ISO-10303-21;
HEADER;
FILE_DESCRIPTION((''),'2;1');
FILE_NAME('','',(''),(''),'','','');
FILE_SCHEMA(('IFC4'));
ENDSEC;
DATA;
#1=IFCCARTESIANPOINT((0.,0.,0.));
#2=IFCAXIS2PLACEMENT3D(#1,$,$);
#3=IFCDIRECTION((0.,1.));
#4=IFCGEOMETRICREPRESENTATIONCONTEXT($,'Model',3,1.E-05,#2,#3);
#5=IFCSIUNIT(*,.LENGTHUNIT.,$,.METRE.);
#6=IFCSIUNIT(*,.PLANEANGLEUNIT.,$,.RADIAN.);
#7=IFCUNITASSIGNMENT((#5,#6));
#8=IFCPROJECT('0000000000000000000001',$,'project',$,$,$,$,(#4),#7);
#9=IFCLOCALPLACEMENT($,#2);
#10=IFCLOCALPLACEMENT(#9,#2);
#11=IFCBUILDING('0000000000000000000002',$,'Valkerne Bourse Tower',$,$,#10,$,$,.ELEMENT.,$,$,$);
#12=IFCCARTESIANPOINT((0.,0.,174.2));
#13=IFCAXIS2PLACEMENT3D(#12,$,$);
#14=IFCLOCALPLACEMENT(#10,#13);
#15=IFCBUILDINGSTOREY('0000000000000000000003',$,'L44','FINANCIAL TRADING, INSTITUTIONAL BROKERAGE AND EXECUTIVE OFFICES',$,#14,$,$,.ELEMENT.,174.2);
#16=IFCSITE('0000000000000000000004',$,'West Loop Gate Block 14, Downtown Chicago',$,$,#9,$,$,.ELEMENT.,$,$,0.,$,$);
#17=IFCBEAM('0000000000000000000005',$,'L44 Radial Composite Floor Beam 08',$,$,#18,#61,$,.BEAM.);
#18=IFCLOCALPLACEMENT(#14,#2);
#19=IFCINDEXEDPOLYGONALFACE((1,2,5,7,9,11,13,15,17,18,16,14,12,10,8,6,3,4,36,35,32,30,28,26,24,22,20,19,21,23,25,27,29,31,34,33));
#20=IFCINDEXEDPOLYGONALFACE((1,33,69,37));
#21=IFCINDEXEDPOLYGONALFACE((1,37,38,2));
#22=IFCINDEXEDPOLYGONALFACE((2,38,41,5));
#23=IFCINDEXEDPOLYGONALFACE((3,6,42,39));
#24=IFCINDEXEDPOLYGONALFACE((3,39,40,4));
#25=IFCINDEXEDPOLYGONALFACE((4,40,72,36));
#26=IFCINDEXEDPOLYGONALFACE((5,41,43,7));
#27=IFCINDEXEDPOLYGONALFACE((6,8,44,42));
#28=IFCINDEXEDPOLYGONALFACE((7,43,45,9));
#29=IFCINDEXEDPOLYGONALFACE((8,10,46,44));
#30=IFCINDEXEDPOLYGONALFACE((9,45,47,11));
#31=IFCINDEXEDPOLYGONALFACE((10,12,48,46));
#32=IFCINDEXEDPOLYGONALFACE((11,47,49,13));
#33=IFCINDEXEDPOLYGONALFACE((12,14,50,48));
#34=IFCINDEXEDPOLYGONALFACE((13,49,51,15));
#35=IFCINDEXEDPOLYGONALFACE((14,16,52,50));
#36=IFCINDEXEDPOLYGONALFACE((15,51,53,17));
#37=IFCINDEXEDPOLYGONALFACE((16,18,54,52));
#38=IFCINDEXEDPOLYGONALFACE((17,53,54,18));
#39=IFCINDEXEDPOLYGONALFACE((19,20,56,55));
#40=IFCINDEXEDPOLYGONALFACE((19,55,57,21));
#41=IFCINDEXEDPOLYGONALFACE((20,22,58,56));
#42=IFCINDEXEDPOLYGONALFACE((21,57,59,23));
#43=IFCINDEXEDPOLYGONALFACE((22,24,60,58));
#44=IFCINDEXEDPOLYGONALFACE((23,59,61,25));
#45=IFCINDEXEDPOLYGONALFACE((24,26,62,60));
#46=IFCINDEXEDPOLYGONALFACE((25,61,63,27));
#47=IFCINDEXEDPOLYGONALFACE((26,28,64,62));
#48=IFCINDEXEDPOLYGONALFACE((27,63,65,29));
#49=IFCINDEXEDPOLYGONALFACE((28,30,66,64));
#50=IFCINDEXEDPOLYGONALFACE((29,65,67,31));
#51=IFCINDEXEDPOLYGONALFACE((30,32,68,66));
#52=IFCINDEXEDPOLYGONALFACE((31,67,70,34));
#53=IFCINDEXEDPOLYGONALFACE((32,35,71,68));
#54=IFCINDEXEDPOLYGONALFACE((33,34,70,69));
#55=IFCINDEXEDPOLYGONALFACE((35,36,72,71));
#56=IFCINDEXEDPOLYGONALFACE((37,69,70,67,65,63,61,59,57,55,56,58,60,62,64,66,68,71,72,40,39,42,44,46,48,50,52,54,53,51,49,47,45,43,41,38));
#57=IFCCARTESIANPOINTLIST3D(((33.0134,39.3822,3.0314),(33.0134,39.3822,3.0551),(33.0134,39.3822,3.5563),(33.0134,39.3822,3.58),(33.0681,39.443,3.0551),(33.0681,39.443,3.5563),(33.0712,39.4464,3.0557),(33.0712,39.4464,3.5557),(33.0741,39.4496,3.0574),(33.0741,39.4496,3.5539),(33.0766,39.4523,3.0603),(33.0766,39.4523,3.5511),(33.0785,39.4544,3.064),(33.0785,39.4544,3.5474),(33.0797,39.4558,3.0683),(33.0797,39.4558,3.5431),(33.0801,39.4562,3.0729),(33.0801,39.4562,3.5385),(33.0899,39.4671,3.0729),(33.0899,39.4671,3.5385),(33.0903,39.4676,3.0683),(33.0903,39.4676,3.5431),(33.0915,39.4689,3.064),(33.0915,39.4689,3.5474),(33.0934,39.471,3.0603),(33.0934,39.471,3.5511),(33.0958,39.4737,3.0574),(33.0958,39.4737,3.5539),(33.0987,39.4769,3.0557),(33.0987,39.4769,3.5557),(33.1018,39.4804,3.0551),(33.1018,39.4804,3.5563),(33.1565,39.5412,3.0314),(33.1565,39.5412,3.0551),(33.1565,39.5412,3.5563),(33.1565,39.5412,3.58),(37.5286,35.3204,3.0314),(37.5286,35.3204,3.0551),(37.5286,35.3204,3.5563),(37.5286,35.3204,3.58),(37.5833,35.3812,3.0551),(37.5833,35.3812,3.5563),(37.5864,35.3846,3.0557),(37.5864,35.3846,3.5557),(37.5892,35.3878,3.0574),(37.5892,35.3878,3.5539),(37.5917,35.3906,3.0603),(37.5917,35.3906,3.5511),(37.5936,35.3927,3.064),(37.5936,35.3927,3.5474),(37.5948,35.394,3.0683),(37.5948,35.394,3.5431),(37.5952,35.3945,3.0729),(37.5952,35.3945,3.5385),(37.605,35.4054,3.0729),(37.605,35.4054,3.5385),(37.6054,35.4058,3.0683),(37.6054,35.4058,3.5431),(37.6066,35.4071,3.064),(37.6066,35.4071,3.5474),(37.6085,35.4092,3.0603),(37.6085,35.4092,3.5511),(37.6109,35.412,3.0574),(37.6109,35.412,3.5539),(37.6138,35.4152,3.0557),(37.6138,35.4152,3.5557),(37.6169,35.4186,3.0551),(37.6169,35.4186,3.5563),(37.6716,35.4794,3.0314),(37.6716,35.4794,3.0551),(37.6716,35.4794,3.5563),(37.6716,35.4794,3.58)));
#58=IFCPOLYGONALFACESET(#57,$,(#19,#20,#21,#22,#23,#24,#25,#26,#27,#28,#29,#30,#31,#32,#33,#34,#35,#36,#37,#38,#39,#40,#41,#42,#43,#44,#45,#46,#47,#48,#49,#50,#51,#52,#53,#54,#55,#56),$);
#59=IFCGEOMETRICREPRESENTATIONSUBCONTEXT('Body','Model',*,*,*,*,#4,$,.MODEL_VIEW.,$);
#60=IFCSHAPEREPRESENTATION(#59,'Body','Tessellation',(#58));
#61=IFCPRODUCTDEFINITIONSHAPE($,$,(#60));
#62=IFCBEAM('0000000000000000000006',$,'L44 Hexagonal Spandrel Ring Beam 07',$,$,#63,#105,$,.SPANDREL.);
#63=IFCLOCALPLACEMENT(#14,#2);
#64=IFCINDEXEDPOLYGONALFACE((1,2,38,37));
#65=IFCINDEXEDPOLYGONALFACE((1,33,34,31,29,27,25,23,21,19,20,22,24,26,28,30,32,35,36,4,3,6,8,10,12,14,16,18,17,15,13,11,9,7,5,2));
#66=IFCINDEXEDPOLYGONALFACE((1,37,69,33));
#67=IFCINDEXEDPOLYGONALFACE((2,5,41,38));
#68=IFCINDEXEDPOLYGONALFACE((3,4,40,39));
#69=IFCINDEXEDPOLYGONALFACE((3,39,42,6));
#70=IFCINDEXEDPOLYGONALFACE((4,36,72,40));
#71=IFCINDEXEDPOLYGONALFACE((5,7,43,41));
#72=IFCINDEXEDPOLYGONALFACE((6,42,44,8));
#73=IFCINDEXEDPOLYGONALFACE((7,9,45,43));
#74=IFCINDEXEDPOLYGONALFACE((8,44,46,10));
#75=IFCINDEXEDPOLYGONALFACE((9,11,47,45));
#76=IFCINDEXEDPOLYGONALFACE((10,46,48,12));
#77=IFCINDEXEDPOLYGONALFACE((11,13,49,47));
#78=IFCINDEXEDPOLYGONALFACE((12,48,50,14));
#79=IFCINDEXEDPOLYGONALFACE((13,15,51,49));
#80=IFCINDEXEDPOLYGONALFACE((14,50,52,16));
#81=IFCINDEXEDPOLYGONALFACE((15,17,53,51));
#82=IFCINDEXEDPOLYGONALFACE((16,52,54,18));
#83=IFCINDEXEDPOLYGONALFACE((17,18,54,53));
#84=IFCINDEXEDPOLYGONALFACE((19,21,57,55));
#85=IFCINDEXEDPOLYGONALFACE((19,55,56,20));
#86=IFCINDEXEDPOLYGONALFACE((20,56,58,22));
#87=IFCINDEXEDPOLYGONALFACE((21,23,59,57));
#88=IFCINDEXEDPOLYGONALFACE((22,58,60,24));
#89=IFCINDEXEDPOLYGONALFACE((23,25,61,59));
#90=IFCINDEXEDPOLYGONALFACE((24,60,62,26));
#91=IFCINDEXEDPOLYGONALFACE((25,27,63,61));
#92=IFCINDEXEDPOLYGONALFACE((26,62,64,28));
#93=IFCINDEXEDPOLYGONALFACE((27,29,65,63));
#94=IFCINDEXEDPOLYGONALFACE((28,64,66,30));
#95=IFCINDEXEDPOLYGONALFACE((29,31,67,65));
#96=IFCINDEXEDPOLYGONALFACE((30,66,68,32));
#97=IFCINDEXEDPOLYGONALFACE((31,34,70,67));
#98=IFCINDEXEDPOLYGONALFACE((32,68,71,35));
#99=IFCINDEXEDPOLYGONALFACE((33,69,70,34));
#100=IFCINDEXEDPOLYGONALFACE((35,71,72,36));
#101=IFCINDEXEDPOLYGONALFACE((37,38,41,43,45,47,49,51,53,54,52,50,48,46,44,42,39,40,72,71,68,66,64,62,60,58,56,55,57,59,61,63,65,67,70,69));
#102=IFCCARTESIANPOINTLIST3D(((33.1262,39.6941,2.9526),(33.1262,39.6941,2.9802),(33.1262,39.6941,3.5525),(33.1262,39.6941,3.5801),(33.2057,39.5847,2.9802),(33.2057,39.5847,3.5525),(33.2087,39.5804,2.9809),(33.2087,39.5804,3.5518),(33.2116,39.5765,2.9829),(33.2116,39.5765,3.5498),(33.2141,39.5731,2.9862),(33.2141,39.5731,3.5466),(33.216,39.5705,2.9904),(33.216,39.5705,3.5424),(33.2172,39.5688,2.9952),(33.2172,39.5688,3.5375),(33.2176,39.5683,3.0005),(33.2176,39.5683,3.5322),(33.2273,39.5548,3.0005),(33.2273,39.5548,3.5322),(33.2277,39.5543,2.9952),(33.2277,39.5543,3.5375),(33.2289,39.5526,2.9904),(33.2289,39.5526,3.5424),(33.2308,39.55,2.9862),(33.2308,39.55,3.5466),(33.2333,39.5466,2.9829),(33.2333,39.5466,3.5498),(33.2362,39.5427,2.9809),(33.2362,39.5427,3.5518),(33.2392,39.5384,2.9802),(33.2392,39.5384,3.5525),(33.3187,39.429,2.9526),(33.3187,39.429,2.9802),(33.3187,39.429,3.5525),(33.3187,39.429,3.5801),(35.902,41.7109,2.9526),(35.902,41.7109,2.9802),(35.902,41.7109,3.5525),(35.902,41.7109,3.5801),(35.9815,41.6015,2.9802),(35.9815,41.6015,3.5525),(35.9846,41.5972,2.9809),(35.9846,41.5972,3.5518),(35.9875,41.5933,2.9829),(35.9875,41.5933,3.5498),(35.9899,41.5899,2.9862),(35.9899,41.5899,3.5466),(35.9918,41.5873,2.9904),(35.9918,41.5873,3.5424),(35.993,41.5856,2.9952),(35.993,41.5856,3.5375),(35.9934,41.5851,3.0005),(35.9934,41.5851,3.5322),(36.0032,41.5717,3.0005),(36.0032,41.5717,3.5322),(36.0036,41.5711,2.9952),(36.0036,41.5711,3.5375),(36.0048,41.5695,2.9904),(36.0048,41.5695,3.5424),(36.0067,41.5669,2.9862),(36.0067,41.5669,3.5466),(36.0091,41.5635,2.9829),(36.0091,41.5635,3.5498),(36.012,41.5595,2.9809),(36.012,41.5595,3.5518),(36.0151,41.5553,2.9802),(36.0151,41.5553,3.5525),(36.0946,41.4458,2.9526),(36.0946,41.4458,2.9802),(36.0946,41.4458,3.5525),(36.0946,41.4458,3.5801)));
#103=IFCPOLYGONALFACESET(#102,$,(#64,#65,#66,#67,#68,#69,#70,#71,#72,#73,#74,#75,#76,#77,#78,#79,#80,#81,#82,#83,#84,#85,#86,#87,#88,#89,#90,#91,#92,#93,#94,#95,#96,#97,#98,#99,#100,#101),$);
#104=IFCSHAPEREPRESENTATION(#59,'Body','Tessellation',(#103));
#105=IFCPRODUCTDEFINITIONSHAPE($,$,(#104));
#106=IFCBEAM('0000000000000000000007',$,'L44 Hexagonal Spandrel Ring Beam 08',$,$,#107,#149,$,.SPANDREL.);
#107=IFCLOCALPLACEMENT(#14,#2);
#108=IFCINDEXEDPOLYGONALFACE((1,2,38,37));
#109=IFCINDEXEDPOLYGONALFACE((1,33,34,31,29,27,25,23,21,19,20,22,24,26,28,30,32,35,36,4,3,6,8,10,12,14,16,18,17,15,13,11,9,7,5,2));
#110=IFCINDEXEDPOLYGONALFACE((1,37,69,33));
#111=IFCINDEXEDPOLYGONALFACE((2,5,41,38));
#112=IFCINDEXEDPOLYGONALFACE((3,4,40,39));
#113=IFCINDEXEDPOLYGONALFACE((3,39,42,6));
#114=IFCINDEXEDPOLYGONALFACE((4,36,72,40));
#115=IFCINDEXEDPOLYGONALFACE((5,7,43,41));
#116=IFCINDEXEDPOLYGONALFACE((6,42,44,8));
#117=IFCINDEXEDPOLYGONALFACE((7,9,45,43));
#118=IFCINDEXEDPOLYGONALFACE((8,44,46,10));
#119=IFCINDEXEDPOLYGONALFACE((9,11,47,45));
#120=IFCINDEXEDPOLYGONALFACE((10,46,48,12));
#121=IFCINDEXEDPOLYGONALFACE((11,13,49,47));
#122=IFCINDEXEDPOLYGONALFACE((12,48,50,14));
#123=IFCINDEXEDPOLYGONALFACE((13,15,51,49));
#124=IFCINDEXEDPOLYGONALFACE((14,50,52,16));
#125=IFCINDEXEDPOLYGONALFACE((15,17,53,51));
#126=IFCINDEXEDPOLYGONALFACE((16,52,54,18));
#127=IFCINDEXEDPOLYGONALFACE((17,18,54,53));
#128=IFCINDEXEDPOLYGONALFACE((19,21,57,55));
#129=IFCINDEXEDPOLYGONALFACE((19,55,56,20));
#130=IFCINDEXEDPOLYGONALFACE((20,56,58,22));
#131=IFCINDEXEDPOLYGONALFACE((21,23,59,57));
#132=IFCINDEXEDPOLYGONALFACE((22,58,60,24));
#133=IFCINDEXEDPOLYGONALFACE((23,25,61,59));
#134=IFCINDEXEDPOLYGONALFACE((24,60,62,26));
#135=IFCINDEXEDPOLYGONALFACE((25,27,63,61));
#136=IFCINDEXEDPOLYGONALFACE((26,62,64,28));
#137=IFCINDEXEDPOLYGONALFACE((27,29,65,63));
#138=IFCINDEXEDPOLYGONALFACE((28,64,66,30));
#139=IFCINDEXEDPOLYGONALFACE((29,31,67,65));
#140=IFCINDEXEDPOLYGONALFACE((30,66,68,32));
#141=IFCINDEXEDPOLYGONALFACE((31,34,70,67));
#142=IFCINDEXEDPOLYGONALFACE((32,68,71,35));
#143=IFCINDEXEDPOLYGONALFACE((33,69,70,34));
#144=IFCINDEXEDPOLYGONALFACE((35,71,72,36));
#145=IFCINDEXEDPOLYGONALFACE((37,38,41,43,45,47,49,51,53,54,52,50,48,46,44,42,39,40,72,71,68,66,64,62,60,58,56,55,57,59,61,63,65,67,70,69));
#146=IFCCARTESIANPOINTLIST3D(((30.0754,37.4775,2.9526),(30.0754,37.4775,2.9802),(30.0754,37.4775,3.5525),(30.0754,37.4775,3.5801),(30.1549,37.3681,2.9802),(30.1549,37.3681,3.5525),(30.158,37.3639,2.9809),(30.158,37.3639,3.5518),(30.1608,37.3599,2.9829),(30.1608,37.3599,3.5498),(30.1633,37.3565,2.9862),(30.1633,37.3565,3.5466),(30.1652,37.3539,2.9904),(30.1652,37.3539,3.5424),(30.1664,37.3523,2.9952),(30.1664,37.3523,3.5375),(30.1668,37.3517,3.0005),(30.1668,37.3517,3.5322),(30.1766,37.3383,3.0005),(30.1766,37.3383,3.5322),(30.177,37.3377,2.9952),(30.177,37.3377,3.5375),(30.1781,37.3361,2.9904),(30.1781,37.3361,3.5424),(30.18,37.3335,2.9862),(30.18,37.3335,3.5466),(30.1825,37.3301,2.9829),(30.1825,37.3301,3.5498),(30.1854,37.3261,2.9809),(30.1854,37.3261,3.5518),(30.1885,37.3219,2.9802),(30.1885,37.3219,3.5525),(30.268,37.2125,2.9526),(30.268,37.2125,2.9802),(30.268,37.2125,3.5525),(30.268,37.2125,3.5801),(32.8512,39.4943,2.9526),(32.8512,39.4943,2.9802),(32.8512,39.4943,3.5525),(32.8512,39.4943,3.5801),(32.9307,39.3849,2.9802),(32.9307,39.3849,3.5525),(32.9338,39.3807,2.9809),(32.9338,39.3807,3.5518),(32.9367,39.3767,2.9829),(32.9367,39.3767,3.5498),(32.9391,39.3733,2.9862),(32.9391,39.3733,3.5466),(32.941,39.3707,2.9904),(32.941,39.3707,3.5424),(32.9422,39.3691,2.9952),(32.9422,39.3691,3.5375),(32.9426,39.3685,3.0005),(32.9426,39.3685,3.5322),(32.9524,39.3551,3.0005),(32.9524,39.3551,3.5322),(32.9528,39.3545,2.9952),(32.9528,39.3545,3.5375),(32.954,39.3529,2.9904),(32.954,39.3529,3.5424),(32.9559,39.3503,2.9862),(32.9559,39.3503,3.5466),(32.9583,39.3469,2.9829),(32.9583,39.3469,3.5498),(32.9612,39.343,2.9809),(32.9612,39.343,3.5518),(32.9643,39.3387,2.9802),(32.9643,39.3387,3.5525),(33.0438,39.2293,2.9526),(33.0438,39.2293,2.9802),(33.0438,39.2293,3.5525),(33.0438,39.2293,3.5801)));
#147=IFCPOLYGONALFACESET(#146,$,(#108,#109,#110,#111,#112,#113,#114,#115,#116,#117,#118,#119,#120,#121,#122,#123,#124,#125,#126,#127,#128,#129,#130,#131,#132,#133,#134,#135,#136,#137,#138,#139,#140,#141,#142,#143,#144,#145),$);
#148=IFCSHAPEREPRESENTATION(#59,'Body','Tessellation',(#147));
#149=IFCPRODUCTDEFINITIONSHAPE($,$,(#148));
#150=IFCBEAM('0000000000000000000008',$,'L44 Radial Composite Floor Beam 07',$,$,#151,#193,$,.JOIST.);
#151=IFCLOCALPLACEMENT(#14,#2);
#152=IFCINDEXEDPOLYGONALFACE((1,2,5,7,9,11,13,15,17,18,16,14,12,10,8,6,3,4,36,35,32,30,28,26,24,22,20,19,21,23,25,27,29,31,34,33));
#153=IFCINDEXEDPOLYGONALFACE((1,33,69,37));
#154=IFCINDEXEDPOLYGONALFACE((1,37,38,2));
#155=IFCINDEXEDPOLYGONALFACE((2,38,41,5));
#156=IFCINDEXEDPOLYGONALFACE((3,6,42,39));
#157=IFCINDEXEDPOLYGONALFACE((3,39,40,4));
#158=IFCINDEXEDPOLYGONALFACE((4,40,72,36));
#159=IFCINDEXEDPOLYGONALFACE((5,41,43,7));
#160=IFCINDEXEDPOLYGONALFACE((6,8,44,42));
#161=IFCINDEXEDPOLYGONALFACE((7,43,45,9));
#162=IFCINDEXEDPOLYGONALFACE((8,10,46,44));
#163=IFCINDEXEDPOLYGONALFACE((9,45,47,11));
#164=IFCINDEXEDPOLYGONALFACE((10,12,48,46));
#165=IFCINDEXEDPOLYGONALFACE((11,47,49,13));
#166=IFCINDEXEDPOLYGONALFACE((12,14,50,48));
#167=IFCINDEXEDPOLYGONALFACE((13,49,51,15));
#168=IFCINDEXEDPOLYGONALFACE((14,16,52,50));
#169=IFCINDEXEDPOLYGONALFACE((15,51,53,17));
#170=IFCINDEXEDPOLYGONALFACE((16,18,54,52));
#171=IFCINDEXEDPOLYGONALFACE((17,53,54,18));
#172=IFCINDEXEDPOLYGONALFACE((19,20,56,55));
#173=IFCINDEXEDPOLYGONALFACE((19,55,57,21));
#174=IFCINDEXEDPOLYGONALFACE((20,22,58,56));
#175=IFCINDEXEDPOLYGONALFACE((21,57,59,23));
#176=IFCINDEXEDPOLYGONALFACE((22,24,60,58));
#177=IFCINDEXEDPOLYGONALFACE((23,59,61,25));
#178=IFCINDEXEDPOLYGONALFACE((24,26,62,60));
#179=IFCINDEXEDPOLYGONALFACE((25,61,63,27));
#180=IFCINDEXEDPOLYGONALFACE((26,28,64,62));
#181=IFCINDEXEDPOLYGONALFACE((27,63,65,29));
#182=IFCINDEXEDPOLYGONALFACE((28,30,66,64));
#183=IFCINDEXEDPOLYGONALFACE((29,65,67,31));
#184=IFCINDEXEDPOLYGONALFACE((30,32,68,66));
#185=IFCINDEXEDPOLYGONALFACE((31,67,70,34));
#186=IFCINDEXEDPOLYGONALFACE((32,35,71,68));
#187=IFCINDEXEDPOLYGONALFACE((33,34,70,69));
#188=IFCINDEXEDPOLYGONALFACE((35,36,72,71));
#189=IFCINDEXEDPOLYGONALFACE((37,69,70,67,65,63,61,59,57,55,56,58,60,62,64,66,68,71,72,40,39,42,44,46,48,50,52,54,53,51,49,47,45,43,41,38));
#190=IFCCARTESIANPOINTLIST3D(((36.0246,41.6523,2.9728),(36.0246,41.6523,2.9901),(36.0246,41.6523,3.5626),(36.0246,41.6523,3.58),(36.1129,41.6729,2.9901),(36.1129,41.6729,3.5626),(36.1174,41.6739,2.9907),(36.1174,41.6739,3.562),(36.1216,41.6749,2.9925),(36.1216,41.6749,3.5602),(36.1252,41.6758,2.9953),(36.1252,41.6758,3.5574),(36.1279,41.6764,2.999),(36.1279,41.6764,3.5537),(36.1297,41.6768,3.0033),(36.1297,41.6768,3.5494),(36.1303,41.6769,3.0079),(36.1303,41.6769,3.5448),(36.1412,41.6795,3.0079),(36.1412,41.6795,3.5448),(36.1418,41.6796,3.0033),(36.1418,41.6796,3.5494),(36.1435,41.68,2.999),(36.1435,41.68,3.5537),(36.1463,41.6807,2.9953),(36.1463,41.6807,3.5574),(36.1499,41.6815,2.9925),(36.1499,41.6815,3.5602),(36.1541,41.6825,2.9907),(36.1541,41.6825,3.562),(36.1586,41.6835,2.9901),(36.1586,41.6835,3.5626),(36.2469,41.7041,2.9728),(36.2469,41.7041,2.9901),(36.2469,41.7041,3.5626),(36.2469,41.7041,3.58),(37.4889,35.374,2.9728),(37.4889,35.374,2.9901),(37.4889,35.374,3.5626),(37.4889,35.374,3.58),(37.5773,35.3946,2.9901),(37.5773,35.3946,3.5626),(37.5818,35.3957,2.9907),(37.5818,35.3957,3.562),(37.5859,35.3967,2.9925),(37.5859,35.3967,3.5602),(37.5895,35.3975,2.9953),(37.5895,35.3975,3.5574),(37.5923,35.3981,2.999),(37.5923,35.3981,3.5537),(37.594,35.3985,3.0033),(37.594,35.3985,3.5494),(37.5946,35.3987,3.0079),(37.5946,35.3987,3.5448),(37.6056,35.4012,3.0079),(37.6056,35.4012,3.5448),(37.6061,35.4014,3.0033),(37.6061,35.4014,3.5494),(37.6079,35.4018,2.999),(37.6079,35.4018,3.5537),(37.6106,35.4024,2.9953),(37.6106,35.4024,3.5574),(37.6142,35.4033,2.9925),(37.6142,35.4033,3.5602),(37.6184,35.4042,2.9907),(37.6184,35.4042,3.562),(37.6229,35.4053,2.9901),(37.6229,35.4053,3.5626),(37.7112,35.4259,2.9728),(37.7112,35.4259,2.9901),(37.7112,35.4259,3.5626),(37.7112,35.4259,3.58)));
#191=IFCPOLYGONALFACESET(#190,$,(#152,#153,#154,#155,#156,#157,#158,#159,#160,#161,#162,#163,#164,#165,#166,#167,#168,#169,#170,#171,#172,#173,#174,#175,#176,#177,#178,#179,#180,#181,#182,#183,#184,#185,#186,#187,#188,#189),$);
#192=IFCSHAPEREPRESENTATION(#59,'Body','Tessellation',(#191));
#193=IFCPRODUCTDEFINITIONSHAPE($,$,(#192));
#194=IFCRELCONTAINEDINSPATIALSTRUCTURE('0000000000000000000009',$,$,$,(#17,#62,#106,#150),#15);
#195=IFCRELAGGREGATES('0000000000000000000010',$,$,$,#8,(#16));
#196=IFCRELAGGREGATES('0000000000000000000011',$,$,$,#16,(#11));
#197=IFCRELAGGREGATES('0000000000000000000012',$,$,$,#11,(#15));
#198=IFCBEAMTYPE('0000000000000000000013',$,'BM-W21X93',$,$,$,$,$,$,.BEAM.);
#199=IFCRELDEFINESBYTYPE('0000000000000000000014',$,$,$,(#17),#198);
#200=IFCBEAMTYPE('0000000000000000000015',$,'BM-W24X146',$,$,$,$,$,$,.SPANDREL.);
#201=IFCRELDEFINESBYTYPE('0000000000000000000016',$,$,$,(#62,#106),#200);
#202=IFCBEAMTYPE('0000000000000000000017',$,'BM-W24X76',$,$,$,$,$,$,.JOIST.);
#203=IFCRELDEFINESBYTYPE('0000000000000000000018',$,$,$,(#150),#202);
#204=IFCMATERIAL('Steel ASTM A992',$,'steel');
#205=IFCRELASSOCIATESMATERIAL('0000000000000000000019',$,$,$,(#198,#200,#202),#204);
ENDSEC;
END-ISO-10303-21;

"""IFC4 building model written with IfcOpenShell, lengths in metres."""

from ifc_helpers import new_model, si_unit, direction, frame, origin, origin_2d, place, context, subcontext, project, spatial, i_section, extrude, material, material_profile, profile_set, type_object, element, save


model = new_model("IFC4")

# Units and contexts
model_context = context("Model", 3, precision=1e-05, world=origin(), true_north=direction((0.0, 1.0)))
body_context = subcontext(model_context, "Body", "Model", "MODEL_VIEW")
ifc_project = project(units=[si_unit("LENGTHUNIT", "METRE"), si_unit("PLANEANGLEUNIT", "RADIAN")], contexts=[model_context])

# Site, building, storey
site_placement = place(None, origin())
site = spatial("IfcSite", under=ifc_project, at=site_placement, Name="West Loop Gate Block 14, Downtown Chicago", CompositionType="ELEMENT", RefElevation=0.0)
building_placement = place(site_placement, origin())
building = spatial("IfcBuilding", under=site, at=building_placement, Name="Valkerne Bourse Tower", CompositionType="ELEMENT")
storey_placement = place(building_placement, frame((0.0, 0.0, 174.2)))
storey = spatial("IfcBuildingStorey", under=building, at=storey_placement, Name="L44", Description="FINANCIAL TRADING, INSTITUTIONAL BROKERAGE AND EXECUTIVE OFFICES", CompositionType="ELEMENT", Elevation=174.2)

# Beams
ifc_material_1 = material(Name="Steel ASTM A992", Category="steel")
ifc_material_profile_1 = material_profile(ifc_material_1, i_section(OverallWidth=0.2139, OverallDepth=0.5486, WebThickness=0.0146, FlangeThickness=0.0237, FilletRadius=0.0178, at=origin_2d()), Name="W21X93")
ifc_profile_set_1 = profile_set([ifc_material_profile_1], Name="Steel ASTM A992")
beam_type_1 = type_object("IfcBeamType", Name="BM-W21X93", PredefinedType="BEAM", material=ifc_profile_set_1)
beam_1_placement = place(storey_placement, frame((33.085, 39.4617, 3.3057), z_axis=(0.743446, -0.668796, 0.0), x_axis=(0.668796, 0.743446, 0.0)))
element("IfcBeam", 1, at=beam_1_placement, inside=storey, type_object=beam_type_1, Name="L44 Radial Composite Floor Beam 08", PredefinedType="BEAM", context=body_context, shape_type="SweptSolid", body=[
    extrude(i_section(OverallWidth=0.2139, OverallDepth=0.5486, WebThickness=0.0146, FlangeThickness=0.0237, FilletRadius=0.0178, at=origin_2d()), origin(), (0.0, 0.0, 1.0), 6.0732),
])
ifc_material_profile_2 = material_profile(ifc_material_1, i_section(OverallWidth=0.3276, OverallDepth=0.6274, WebThickness=0.0166, FlangeThickness=0.0276, FilletRadius=0.0203, at=origin_2d()), Name="W24X146")
ifc_profile_set_2 = profile_set([ifc_material_profile_2], Name="Steel ASTM A992")
beam_type_2 = type_object("IfcBeamType", Name="BM-W24X146", PredefinedType="SPANDREL", material=ifc_profile_set_2)
for number, where, z_axis, x_axis, name in (
    (2, (35.9983, 41.5784, 3.2664), (-0.80901, -0.587795, 0.0), (0.587795, -0.80901, 0.0), "L44 Hexagonal Spandrel Ring Beam 07"),
    (3, (32.9475, 39.3618, 3.2664), (-0.80901, -0.587795, 0.0), (0.587795, -0.80901, 0.0), "L44 Hexagonal Spandrel Ring Beam 08"),
):
    element("IfcBeam", number, at=place(storey_placement, frame(where, z_axis=z_axis, x_axis=x_axis)), inside=storey, type_object=beam_type_2, Name=name, PredefinedType="SPANDREL", context=body_context, shape_type="SweptSolid", body=[
        extrude(i_section(OverallWidth=0.3276, OverallDepth=0.6274, WebThickness=0.0166, FlangeThickness=0.0276, FilletRadius=0.0203, at=origin_2d()), origin(), (0.0, 0.0, 1.0), 3.4312),
    ])
ifc_material_profile_3 = material_profile(ifc_material_1, i_section(OverallWidth=0.2283, OverallDepth=0.6072, WebThickness=0.0112, FlangeThickness=0.0173, FilletRadius=0.0178, at=origin_2d()), Name="W24X76")
ifc_profile_set_3 = profile_set([ifc_material_profile_3], Name="Steel ASTM A992")
beam_type_3 = type_object("IfcBeamType", Name="BM-W24X76", PredefinedType="JOIST", material=ifc_profile_set_3)
beam_2_placement = place(storey_placement, frame((36.1357, 41.6782, 3.2764), z_axis=(0.227143, -0.973861, 0.0), x_axis=(0.973861, 0.227143, 0.0)))
element("IfcBeam", 4, at=beam_2_placement, inside=storey, type_object=beam_type_3, Name="L44 Radial Composite Floor Beam 07", PredefinedType="JOIST", context=body_context, shape_type="SweptSolid", body=[
    extrude(i_section(OverallWidth=0.2283, OverallDepth=0.6072, WebThickness=0.0112, FlangeThickness=0.0173, FilletRadius=0.0178, at=origin_2d()), origin(), (0.0, 0.0, 1.0), 6.4468),
])

save(model, "model.ifc")
